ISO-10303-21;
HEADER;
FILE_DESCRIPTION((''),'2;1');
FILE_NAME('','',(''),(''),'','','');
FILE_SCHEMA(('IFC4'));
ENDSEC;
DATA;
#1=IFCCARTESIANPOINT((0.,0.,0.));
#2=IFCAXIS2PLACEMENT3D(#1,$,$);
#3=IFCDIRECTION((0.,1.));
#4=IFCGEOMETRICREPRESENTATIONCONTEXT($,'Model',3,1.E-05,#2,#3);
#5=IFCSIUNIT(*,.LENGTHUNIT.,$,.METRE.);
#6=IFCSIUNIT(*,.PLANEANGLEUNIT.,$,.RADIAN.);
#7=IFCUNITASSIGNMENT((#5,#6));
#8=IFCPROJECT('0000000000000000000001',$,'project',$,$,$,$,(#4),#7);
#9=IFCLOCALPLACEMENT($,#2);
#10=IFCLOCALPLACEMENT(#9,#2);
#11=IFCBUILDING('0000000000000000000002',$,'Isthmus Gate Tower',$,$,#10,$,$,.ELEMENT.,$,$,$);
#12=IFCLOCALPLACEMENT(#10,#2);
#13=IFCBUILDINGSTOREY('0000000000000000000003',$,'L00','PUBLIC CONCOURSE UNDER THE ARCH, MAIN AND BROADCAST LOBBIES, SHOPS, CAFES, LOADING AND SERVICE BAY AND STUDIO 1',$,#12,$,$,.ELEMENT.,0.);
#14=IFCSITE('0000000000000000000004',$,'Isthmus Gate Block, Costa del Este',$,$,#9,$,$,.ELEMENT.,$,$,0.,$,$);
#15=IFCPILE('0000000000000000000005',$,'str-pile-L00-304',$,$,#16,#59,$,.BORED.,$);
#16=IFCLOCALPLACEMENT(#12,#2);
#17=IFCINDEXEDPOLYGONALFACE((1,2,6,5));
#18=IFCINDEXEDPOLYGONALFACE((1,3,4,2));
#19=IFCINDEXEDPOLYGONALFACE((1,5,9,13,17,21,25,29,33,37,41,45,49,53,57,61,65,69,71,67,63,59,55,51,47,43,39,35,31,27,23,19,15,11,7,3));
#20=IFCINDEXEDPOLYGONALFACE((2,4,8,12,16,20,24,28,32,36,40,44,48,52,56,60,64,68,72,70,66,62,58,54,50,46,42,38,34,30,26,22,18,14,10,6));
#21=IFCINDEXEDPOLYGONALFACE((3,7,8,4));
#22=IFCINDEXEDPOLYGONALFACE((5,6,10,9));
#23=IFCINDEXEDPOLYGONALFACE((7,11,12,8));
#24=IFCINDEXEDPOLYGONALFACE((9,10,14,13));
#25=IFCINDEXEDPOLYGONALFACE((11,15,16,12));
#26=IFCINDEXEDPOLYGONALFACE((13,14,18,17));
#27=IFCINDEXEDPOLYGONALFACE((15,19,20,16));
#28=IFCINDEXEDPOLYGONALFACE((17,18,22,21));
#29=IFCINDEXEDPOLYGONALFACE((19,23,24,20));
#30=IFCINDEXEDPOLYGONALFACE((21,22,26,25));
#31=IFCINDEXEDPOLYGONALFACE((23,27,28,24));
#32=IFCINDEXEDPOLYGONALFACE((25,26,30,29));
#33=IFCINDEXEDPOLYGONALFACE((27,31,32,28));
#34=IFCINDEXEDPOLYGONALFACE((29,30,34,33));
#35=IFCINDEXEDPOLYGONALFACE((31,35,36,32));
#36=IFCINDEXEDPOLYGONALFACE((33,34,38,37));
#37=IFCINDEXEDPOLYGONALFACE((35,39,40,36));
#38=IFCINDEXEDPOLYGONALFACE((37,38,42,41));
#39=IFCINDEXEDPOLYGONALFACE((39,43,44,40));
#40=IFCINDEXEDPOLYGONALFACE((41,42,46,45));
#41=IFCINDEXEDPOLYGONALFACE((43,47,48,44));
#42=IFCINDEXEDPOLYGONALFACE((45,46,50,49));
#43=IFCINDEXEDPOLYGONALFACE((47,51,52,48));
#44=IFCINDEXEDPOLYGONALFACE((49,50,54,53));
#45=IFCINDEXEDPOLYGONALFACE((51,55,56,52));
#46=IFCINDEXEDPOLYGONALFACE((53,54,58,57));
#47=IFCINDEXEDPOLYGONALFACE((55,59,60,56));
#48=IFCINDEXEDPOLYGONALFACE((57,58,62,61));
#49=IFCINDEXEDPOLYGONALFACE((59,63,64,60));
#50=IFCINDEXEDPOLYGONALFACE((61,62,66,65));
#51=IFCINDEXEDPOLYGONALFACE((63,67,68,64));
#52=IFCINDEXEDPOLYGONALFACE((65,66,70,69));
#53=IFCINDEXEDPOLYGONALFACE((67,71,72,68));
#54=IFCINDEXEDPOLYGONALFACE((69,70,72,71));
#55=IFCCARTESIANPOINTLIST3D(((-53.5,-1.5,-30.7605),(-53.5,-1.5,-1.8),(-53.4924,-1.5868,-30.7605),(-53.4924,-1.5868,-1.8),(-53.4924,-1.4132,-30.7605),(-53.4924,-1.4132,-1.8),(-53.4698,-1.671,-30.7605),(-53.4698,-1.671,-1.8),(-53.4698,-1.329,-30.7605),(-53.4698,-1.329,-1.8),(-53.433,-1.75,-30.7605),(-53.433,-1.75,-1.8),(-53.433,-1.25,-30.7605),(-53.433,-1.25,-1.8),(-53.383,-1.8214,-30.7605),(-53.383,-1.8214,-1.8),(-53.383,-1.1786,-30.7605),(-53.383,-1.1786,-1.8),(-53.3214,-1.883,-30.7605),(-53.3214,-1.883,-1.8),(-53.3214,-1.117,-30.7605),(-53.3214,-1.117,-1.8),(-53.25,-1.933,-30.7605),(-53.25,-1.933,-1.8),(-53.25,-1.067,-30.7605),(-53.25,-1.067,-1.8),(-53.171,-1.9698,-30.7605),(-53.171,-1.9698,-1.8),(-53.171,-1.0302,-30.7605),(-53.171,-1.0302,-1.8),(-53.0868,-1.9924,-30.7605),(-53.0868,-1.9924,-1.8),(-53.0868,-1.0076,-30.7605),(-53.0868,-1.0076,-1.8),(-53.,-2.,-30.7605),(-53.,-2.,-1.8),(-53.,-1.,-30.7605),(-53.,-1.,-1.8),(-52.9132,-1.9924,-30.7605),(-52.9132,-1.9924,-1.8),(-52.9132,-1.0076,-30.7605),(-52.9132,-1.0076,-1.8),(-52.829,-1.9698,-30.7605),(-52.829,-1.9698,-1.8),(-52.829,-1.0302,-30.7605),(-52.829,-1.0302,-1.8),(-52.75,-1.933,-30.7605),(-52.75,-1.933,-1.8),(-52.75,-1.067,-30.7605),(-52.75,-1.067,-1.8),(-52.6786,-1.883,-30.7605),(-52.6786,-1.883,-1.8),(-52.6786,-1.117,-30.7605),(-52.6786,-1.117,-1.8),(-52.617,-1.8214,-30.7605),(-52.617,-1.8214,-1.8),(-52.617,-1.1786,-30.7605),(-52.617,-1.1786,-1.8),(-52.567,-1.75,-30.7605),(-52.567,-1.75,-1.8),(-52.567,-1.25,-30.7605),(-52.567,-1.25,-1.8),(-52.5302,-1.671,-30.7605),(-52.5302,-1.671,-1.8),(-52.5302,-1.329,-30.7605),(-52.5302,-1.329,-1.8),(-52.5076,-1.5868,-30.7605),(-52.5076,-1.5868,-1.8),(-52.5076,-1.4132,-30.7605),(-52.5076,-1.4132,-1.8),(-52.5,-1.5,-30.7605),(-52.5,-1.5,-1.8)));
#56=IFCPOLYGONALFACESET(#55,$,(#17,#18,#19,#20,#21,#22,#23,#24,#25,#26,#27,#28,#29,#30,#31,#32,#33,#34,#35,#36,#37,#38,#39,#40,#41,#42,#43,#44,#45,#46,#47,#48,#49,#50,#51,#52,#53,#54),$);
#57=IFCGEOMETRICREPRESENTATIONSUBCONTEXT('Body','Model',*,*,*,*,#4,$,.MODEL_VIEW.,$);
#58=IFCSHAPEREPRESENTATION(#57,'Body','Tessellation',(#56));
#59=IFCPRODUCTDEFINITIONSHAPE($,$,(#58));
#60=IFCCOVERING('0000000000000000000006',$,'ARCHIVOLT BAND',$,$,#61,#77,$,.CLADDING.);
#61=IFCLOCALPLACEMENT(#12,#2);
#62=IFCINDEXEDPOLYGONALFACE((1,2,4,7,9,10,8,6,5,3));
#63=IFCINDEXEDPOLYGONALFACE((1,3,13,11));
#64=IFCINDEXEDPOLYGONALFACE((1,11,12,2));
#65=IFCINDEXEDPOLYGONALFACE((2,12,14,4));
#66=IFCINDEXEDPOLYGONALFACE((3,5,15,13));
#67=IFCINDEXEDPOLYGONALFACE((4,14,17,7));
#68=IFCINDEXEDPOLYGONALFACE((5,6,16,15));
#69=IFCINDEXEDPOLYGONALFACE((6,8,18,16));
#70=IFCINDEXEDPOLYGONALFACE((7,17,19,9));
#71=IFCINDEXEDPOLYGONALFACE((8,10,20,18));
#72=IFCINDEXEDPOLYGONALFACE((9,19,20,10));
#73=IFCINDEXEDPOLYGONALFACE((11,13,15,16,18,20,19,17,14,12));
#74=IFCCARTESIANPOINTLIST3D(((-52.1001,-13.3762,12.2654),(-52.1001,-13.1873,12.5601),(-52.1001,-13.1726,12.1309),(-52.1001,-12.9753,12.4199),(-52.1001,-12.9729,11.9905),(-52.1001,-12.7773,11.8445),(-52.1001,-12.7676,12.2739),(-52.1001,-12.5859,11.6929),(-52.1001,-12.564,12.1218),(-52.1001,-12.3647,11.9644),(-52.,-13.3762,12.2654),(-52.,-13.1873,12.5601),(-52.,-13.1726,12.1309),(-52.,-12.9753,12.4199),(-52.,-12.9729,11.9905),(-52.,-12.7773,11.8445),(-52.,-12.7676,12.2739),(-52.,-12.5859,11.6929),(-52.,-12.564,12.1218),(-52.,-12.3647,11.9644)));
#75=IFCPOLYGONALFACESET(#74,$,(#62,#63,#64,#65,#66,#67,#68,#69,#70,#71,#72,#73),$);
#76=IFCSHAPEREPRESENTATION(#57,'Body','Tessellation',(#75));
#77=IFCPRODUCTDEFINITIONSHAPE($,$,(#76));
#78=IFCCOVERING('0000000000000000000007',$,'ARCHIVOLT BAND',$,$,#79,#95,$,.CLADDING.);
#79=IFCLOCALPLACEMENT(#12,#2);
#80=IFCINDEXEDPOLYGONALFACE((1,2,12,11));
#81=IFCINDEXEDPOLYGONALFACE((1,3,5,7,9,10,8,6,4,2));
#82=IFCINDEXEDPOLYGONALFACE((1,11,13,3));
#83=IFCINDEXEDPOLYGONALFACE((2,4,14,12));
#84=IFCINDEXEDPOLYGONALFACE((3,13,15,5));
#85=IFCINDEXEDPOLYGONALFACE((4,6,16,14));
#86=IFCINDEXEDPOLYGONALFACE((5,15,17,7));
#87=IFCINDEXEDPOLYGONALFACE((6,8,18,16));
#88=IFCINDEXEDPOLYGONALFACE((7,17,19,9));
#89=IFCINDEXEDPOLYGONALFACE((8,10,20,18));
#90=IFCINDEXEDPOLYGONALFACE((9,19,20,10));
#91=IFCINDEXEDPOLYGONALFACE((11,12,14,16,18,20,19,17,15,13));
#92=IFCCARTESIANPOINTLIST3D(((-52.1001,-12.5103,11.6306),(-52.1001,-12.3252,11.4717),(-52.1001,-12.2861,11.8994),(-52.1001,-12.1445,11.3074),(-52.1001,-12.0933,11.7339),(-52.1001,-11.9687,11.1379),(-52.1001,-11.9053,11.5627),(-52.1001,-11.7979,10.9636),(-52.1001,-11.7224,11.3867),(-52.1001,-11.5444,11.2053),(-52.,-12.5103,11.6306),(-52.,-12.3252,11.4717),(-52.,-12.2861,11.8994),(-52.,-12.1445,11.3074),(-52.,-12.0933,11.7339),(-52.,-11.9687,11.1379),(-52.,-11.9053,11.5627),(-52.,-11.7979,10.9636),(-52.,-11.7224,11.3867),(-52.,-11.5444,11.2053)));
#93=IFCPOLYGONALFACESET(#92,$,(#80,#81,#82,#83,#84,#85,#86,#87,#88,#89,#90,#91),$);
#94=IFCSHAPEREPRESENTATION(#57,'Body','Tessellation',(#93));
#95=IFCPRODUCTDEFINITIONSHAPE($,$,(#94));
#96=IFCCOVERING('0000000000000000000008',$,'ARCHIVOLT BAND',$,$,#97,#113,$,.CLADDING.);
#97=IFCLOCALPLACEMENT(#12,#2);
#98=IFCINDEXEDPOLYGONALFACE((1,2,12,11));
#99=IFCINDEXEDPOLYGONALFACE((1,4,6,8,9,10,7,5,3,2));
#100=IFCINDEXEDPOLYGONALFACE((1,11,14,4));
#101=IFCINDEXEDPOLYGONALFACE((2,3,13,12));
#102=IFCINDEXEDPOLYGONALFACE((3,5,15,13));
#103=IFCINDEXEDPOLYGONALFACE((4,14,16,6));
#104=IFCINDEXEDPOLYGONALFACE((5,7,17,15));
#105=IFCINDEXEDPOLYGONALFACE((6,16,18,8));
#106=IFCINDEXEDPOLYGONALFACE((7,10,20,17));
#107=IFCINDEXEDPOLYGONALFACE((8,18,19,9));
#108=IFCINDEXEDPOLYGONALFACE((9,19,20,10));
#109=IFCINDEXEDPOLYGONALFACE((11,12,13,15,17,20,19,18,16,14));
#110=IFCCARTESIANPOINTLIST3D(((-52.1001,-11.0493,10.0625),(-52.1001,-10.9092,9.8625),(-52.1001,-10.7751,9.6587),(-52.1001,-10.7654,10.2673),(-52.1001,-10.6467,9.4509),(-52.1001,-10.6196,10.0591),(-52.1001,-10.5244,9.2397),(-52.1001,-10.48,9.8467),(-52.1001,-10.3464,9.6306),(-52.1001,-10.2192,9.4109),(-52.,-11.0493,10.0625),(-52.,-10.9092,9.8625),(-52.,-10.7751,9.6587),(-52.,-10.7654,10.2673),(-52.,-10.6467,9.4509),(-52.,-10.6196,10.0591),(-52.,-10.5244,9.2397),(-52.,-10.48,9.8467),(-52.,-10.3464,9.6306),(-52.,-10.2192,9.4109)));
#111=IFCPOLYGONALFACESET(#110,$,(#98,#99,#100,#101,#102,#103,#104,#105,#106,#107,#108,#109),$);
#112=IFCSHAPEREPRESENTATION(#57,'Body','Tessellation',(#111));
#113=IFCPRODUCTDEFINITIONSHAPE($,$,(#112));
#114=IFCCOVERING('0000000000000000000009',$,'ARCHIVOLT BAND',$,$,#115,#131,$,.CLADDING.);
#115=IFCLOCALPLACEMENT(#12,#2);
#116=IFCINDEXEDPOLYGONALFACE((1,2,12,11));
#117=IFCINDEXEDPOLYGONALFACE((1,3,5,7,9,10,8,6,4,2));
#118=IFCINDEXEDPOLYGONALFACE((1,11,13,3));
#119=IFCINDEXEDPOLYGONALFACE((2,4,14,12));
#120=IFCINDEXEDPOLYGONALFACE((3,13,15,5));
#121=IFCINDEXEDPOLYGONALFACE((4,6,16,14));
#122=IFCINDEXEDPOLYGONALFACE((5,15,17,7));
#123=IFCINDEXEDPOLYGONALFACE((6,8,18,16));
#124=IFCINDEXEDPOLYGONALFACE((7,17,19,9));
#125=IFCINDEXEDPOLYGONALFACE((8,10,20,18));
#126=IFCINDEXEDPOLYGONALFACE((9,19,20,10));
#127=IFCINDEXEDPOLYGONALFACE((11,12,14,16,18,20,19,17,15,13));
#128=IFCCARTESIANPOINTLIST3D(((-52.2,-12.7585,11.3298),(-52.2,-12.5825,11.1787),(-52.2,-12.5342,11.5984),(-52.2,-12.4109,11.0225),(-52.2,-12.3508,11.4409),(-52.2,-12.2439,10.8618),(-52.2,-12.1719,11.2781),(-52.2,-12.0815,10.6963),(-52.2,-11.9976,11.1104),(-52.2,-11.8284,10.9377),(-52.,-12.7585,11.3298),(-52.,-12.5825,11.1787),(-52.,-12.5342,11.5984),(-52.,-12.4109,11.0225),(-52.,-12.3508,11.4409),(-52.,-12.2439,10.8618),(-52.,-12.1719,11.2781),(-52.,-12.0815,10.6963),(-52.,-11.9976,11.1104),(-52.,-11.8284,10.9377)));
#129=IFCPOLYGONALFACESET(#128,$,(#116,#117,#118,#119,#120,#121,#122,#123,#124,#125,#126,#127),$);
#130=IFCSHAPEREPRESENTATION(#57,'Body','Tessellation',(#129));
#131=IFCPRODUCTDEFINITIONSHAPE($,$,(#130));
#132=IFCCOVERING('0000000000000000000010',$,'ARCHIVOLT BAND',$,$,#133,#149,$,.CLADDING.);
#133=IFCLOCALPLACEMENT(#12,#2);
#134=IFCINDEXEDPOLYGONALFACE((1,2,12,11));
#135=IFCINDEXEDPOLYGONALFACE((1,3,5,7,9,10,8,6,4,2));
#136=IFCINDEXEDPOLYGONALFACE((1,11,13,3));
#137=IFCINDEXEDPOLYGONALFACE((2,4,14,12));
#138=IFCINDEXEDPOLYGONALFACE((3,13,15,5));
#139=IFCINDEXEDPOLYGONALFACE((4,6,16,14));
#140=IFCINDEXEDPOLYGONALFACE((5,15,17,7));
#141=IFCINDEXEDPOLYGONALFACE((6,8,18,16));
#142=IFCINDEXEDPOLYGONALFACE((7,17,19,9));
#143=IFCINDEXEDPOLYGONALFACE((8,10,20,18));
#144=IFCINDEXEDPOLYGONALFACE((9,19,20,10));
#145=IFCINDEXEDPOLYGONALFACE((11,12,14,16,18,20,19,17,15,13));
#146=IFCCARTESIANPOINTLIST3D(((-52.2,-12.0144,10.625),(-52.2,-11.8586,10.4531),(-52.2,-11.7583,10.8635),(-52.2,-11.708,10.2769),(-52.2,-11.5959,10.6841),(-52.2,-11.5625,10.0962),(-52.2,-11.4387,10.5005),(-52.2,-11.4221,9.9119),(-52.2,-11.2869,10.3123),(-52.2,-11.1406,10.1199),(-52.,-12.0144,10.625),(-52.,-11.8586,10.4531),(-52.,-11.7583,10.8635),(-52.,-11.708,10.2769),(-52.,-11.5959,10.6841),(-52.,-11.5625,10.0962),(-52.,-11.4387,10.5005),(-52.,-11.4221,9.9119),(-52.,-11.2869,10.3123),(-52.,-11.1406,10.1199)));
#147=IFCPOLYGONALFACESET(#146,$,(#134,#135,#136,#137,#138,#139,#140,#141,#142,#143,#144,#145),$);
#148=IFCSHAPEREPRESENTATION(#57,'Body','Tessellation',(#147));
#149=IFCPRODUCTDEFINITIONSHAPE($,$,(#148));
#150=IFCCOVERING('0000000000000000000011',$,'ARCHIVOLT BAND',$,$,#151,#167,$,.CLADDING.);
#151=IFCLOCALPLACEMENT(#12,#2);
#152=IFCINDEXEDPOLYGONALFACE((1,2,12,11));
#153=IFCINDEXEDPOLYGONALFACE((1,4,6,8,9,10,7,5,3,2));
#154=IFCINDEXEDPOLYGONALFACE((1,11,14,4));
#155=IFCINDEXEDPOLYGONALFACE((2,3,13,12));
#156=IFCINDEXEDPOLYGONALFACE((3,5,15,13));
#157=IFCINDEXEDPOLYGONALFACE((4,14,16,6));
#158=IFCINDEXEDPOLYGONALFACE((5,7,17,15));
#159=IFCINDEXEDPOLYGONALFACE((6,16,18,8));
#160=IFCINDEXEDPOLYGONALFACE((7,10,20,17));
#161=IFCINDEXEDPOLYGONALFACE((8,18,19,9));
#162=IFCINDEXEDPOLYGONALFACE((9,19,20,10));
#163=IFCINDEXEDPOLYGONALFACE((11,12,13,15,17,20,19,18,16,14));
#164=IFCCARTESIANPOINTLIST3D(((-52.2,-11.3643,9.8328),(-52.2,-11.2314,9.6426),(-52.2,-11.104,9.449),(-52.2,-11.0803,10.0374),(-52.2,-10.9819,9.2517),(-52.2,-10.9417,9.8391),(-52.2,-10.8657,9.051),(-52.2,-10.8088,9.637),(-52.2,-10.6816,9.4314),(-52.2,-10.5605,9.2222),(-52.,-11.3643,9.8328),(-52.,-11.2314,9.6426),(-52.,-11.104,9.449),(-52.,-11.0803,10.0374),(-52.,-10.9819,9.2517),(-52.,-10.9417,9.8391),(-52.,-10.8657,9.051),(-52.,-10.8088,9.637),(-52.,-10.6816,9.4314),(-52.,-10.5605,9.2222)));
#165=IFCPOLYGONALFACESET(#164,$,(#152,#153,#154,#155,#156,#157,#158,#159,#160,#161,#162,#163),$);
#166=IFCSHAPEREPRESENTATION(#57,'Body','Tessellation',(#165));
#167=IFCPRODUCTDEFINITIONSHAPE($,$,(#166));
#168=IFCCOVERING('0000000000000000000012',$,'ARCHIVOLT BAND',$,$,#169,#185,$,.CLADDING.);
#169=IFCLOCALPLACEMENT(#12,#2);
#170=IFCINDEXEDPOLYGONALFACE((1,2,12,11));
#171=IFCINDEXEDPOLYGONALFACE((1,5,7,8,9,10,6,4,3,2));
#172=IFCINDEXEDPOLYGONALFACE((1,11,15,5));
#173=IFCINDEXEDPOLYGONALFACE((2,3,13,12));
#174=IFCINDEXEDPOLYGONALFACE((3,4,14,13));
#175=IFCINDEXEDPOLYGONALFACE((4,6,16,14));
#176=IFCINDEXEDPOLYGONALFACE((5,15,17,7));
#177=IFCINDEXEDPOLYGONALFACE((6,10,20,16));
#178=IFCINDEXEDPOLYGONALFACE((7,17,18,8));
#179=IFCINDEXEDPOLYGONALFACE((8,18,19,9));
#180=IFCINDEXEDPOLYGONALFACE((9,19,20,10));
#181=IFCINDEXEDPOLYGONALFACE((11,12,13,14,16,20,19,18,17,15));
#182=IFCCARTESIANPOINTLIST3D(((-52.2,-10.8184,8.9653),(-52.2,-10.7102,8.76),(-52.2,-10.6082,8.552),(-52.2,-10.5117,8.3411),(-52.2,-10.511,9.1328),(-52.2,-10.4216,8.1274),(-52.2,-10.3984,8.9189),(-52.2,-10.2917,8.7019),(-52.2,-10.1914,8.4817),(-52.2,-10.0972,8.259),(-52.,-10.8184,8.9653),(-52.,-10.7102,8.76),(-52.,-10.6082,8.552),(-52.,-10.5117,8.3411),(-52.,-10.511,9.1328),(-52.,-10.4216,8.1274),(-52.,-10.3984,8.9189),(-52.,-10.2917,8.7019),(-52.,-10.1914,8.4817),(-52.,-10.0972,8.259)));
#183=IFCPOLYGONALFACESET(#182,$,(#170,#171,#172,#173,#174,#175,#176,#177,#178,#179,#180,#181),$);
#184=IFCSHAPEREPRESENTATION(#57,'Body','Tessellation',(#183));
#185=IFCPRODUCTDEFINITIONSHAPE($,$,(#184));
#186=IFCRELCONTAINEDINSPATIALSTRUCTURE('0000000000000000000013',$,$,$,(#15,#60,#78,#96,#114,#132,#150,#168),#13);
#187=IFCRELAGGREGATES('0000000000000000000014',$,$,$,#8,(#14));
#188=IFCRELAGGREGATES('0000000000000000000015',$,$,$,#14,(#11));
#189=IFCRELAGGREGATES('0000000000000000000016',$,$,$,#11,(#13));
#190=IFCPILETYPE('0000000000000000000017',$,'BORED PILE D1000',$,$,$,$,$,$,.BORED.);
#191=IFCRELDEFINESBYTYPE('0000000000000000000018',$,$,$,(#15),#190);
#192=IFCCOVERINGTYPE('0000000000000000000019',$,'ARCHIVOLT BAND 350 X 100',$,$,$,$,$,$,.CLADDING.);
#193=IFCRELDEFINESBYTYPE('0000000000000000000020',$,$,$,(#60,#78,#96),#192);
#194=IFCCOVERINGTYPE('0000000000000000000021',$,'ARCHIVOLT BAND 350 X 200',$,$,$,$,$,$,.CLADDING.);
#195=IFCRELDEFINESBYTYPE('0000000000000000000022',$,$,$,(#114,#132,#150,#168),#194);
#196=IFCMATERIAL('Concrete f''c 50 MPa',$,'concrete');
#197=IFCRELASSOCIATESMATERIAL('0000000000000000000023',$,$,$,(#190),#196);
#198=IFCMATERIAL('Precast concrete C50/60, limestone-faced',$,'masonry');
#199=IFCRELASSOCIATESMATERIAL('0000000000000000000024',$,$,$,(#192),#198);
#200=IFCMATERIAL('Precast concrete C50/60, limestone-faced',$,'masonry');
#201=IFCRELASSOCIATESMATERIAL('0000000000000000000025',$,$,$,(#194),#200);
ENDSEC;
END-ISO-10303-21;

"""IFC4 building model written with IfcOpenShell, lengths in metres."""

from ifc_helpers import new_model, si_unit, direction, frame, origin, origin_2d, place, context, subcontext, project, spatial, polyline, circle, outline, extrude, material, material_profile, profile_set, type_object, element, save


model = new_model("IFC4")

# Units and contexts
model_context = context("Model", 3, precision=1e-05, world=origin(), true_north=direction((0.0, 1.0)))
body_context = subcontext(model_context, "Body", "Model", "MODEL_VIEW")
ifc_project = project(units=[si_unit("LENGTHUNIT", "METRE"), si_unit("PLANEANGLEUNIT", "RADIAN")], contexts=[model_context])

# Site, building, storey
site_placement = place(None, origin())
site = spatial("IfcSite", under=ifc_project, at=site_placement, Name="Isthmus Gate Block, Costa del Este", CompositionType="ELEMENT", RefElevation=0.0)
building_placement = place(site_placement, origin())
building = spatial("IfcBuilding", under=site, at=building_placement, Name="Isthmus Gate Tower", CompositionType="ELEMENT")
storey_placement = place(building_placement, origin())
storey = spatial("IfcBuildingStorey", under=building, at=storey_placement, Name="L00", Description="PUBLIC CONCOURSE UNDER THE ARCH, MAIN AND BROADCAST LOBBIES, SHOPS, CAFES, LOADING AND SERVICE BAY AND STUDIO 1", CompositionType="ELEMENT", Elevation=0.0)

# Pile
ifc_material_1 = material(Name="Concrete f'c 50 MPa", Category="concrete")
ifc_material_profile = material_profile(ifc_material_1, circle(Radius=0.5, at=origin_2d()), Name="D1000")
ifc_profile_set = profile_set([ifc_material_profile], Name="Concrete f'c 50 MPa")
pile_type = type_object("IfcPileType", Name="BORED PILE D1000", PredefinedType="BORED", material=ifc_profile_set)
pile_placement = place(storey_placement, frame((-53.0, -1.5, -1.8), z_axis=(0.0, 0.0, -1.0), x_axis=(1.0, 0.0, 0.0)))
element("IfcPile", 1, at=pile_placement, inside=storey, type_object=pile_type, Name="str-pile-L00-304", PredefinedType="BORED", context=body_context, shape_type="SweptSolid", body=[
    extrude(circle(Radius=0.5, at=origin_2d()), origin(), (0.0, 0.0, 1.0), 28.9604),
])

# Coverings
ifc_material_2 = material(Name="Precast concrete C50/60, limestone-faced", Category="masonry")
covering_type_1 = type_object("IfcCoveringType", Name="ARCHIVOLT BAND 350 X 100", PredefinedType="CLADDING", material=ifc_material_2)
covering_1_placement = place(storey_placement, frame((-52.1001, -13.1873, 12.5601), z_axis=(-1.0, 0.0, 0.0), x_axis=(0.0, 0.834114, -0.551592)))
element("IfcCovering", 2, at=covering_1_placement, inside=storey, type_object=covering_type_1, Name="ARCHIVOLT BAND", PredefinedType="CLADDING", context=body_context, shape_type="SweptSolid", body=[
    extrude(outline(polyline([(0.0, 0.0), (0.2541, 0.0), (0.5079, 0.0072), (0.7616, 0.0217), (1.0147, 0.0432), (0.9799, 0.3917), (0.7366, 0.3708), (0.493, 0.3569), (0.249, 0.3499), (0.0049, 0.35), (0.0, 0.0)])), origin(), (0.0, 0.0, -1.0), 0.1001),
])
covering_2_placement = place(storey_placement, frame((-52.1001, -12.2861, 11.8994), z_axis=(-1.0, 0.0, 0.0), x_axis=(0.0, 0.75885, -0.651266)))
element("IfcCovering", 3, at=covering_2_placement, inside=storey, type_object=covering_type_1, Name="ARCHIVOLT BAND", PredefinedType="CLADDING", context=body_context, shape_type="SweptSolid", body=[
    extrude(outline(polyline([(0.0, 0.0), (0.2542, 0.0), (0.5083, 0.0074), (0.7617, 0.0219), (1.0149, 0.0437), (0.98, 0.3921), (0.7368, 0.3711), (0.493, 0.357), (0.2489, 0.35), (0.005, 0.3499), (0.0, 0.0)])), origin(), (0.0, 0.0, -1.0), 0.1001),
])
covering_3_placement = place(storey_placement, frame((-52.1001, -10.7654, 10.2673), z_axis=(-1.0, 0.0, 0.0), x_axis=(0.0, 0.573398, -0.819277)))
element("IfcCovering", 4, at=covering_3_placement, inside=storey, type_object=covering_type_1, Name="ARCHIVOLT BAND", PredefinedType="CLADDING", context=body_context, shape_type="SweptSolid", body=[
    extrude(outline(polyline([(0.0, 0.0), (0.2542, 0.0), (0.5083, 0.0074), (0.7619, 0.0219), (1.0148, 0.0436), (0.98, 0.3918), (0.7369, 0.3709), (0.493, 0.357), (0.2492, 0.3499), (0.005, 0.3501), (0.0, 0.0)])), origin(), (0.0, 0.0, -1.0), 0.1001),
])
ifc_material_3 = material(Name="Precast concrete C50/60, limestone-faced", Category="masonry")
covering_type_2 = type_object("IfcCoveringType", Name="ARCHIVOLT BAND 350 X 200", PredefinedType="CLADDING", material=ifc_material_3)
covering_4_placement = place(storey_placement, frame((-52.2, -12.5342, 11.5984), z_axis=(-1.0, 0.0, 0.0), x_axis=(0.0, 0.758614, -0.65154)))
element("IfcCovering", 5, at=covering_4_placement, inside=storey, type_object=covering_type_2, Name="ARCHIVOLT BAND", PredefinedType="CLADDING", context=body_context, shape_type="SweptSolid", body=[
    extrude(outline(polyline([(0.0, 0.0), (0.2417, 0.0), (0.4835, 0.0069), (0.7251, 0.0206), (0.9659, 0.0413), (0.9311, 0.3894), (0.7001, 0.3696), (0.4688, 0.3566), (0.2368, 0.3499), (0.0048, 0.3499), (0.0, 0.0)])), origin(), (0.0, 0.0, -1.0), 0.2),
])
covering_5_placement = place(storey_placement, frame((-52.2, -11.7583, 10.8635), z_axis=(-1.0, 0.0, 0.0), x_axis=(0.0, 0.670913, -0.741536)))
element("IfcCovering", 6, at=covering_5_placement, inside=storey, type_object=covering_type_2, Name="ARCHIVOLT BAND", PredefinedType="CLADDING", context=body_context, shape_type="SweptSolid", body=[
    extrude(outline(polyline([(0.0, 0.0), (0.242, 0.0), (0.4836, 0.0066), (0.7251, 0.0203), (0.9659, 0.0409), (0.9312, 0.3892), (0.7004, 0.3696), (0.4688, 0.3563), (0.237, 0.3498), (0.0051, 0.3499), (0.0, 0.0)])), origin(), (0.0, 0.0, -1.0), 0.2),
])
covering_6_placement = place(storey_placement, frame((-52.2, -11.0803, 10.0374), z_axis=(-1.0, 0.0, 0.0), x_axis=(0.0, 0.573191, -0.819422)))
element("IfcCovering", 7, at=covering_6_placement, inside=storey, type_object=covering_type_2, Name="ARCHIVOLT BAND", PredefinedType="CLADDING", context=body_context, shape_type="SweptSolid", body=[
    extrude(outline(polyline([(0.0, 0.0), (0.2419, 0.0), (0.4837, 0.007), (0.7251, 0.0206), (0.9659, 0.0413), (0.9312, 0.3895), (0.7002, 0.3697), (0.4686, 0.3567), (0.2369, 0.3501), (0.0049, 0.3499), (0.0, 0.0)])), origin(), (0.0, 0.0, -1.0), 0.2),
])
covering_7_placement = place(storey_placement, frame((-52.2, -10.511, 9.1328), z_axis=(-1.0, 0.0, 0.0), x_axis=(0.0, 0.465705, -0.88494)))
element("IfcCovering", 8, at=covering_7_placement, inside=storey, type_object=covering_type_2, Name="ARCHIVOLT BAND", PredefinedType="CLADDING", context=body_context, shape_type="SweptSolid", body=[
    extrude(outline(polyline([(0.0, 0.0), (0.2417, 0.0), (0.4834, 0.0067), (0.725, 0.0204), (0.966, 0.0407), (0.9313, 0.3891), (0.7003, 0.3694), (0.4687, 0.3565), (0.2371, 0.3499), (0.0051, 0.35), (0.0, 0.0)])), origin(), (0.0, 0.0, -1.0), 0.2),
])

save(model, "model.ifc")
